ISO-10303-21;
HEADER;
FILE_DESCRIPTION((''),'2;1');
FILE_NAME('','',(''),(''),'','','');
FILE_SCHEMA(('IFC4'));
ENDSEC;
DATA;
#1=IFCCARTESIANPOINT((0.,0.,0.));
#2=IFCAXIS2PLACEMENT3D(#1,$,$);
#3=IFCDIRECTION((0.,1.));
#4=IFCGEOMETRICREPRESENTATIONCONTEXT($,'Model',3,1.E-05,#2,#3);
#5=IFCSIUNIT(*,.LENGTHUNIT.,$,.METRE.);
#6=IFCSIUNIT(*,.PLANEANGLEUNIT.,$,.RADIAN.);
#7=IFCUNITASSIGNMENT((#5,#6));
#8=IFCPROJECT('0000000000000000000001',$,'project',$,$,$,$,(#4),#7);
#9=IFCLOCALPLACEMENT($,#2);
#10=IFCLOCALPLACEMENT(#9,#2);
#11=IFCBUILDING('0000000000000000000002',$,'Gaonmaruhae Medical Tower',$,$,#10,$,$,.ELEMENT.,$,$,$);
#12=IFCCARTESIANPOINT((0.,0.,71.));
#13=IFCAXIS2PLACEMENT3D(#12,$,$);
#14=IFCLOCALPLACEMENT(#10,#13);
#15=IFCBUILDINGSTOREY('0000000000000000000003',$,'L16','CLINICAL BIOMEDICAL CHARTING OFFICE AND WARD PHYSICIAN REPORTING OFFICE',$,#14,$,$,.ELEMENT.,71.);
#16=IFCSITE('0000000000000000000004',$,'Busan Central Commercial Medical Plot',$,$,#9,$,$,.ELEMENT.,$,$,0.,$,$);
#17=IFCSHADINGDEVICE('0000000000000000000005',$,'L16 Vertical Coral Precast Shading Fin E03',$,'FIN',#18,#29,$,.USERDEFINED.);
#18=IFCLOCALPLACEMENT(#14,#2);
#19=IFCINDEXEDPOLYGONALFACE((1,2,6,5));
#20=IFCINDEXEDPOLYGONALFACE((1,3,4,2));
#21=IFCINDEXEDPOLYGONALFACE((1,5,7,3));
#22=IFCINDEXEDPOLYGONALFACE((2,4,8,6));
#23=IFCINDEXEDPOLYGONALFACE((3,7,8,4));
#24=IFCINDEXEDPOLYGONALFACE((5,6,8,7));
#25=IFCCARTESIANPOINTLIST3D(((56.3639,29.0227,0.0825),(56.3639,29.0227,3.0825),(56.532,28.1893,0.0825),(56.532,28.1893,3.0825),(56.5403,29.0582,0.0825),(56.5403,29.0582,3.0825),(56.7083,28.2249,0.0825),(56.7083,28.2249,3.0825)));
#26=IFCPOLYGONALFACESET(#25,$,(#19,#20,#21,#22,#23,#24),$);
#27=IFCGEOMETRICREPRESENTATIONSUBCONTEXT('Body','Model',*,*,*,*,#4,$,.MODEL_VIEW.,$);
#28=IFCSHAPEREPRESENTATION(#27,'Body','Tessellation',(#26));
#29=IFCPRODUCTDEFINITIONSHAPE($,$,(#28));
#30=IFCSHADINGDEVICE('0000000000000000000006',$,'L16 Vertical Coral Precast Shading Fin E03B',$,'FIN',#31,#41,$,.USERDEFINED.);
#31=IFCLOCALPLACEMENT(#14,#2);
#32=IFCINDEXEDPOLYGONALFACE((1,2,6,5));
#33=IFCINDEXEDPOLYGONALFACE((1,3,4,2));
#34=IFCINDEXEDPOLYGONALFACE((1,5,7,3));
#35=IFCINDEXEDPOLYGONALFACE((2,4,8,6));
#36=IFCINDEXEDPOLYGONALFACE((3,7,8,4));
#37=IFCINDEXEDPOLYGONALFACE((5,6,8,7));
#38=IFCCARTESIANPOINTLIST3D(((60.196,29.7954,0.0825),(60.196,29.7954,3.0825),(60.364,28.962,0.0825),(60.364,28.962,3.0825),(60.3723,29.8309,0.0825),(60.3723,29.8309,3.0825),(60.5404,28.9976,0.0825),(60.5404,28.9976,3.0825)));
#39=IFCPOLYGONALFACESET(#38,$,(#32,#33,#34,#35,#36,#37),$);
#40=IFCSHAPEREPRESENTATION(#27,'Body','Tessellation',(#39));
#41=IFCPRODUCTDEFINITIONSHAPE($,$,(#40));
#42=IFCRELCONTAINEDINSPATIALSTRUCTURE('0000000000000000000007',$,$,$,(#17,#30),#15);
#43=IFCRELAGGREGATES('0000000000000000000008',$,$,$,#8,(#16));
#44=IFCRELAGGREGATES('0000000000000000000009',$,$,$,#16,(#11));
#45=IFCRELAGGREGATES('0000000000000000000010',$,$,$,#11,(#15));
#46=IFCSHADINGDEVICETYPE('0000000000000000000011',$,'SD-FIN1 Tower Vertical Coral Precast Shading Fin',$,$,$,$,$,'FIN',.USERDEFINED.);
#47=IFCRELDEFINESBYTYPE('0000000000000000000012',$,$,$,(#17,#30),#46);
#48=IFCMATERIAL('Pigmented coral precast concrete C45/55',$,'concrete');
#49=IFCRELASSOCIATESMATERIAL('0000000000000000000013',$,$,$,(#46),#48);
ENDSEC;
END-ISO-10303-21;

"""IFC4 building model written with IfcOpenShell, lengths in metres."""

from ifc_helpers import new_model, si_unit, direction, frame, origin, origin_2d, place, context, subcontext, project, spatial, rectangle, extrude, material, type_object, element, save


model = new_model("IFC4")

# Units and contexts
model_context = context("Model", 3, precision=1e-05, world=origin(), true_north=direction((0.0, 1.0)))
body_context = subcontext(model_context, "Body", "Model", "MODEL_VIEW")
ifc_project = project(units=[si_unit("LENGTHUNIT", "METRE"), si_unit("PLANEANGLEUNIT", "RADIAN")], contexts=[model_context])

# Site, building, storey
site_placement = place(None, origin())
site = spatial("IfcSite", under=ifc_project, at=site_placement, Name="Busan Central Commercial Medical Plot", CompositionType="ELEMENT", RefElevation=0.0)
building_placement = place(site_placement, origin())
building = spatial("IfcBuilding", under=site, at=building_placement, Name="Gaonmaruhae Medical Tower", CompositionType="ELEMENT")
storey_placement = place(building_placement, frame((0.0, 0.0, 71.0)))
storey = spatial("IfcBuildingStorey", under=building, at=storey_placement, Name="L16", Description="CLINICAL BIOMEDICAL CHARTING OFFICE AND WARD PHYSICIAN REPORTING OFFICE", CompositionType="ELEMENT", Elevation=71.0)

# Shading devices
ifc_material_1 = material(Name="Pigmented coral precast concrete C45/55", Category="concrete")
shading_device_type = type_object("IfcShadingDeviceType", Name="SD-FIN1 Tower Vertical Coral Precast Shading Fin", ElementType="FIN", PredefinedType="USERDEFINED", material=ifc_material_1)
for number, where, z_axis, x_axis, name in (
    (1, (56.5361, 28.6238, 0.0825), (0.0, 0.0, 1.0), (0.980271, 0.197657, 0.0), "L16 Vertical Coral Precast Shading Fin E03"),
    (2, (60.3682, 29.3965, 0.0825), (0.0, 0.0, 1.0), (0.980271, 0.197657, 0.0), "L16 Vertical Coral Precast Shading Fin E03B"),
):
    element("IfcShadingDevice", number, at=place(storey_placement, frame(where, z_axis=z_axis, x_axis=x_axis)), inside=storey, type_object=shading_device_type, Name=name, ObjectType="FIN", PredefinedType="USERDEFINED", context=body_context, shape_type="SweptSolid", body=[
        extrude(rectangle(XDim=0.1799, YDim=0.8501, at=origin_2d()), origin(), (0.0, 0.0, 1.0), 3.0),
    ])

save(model, "model.ifc")
